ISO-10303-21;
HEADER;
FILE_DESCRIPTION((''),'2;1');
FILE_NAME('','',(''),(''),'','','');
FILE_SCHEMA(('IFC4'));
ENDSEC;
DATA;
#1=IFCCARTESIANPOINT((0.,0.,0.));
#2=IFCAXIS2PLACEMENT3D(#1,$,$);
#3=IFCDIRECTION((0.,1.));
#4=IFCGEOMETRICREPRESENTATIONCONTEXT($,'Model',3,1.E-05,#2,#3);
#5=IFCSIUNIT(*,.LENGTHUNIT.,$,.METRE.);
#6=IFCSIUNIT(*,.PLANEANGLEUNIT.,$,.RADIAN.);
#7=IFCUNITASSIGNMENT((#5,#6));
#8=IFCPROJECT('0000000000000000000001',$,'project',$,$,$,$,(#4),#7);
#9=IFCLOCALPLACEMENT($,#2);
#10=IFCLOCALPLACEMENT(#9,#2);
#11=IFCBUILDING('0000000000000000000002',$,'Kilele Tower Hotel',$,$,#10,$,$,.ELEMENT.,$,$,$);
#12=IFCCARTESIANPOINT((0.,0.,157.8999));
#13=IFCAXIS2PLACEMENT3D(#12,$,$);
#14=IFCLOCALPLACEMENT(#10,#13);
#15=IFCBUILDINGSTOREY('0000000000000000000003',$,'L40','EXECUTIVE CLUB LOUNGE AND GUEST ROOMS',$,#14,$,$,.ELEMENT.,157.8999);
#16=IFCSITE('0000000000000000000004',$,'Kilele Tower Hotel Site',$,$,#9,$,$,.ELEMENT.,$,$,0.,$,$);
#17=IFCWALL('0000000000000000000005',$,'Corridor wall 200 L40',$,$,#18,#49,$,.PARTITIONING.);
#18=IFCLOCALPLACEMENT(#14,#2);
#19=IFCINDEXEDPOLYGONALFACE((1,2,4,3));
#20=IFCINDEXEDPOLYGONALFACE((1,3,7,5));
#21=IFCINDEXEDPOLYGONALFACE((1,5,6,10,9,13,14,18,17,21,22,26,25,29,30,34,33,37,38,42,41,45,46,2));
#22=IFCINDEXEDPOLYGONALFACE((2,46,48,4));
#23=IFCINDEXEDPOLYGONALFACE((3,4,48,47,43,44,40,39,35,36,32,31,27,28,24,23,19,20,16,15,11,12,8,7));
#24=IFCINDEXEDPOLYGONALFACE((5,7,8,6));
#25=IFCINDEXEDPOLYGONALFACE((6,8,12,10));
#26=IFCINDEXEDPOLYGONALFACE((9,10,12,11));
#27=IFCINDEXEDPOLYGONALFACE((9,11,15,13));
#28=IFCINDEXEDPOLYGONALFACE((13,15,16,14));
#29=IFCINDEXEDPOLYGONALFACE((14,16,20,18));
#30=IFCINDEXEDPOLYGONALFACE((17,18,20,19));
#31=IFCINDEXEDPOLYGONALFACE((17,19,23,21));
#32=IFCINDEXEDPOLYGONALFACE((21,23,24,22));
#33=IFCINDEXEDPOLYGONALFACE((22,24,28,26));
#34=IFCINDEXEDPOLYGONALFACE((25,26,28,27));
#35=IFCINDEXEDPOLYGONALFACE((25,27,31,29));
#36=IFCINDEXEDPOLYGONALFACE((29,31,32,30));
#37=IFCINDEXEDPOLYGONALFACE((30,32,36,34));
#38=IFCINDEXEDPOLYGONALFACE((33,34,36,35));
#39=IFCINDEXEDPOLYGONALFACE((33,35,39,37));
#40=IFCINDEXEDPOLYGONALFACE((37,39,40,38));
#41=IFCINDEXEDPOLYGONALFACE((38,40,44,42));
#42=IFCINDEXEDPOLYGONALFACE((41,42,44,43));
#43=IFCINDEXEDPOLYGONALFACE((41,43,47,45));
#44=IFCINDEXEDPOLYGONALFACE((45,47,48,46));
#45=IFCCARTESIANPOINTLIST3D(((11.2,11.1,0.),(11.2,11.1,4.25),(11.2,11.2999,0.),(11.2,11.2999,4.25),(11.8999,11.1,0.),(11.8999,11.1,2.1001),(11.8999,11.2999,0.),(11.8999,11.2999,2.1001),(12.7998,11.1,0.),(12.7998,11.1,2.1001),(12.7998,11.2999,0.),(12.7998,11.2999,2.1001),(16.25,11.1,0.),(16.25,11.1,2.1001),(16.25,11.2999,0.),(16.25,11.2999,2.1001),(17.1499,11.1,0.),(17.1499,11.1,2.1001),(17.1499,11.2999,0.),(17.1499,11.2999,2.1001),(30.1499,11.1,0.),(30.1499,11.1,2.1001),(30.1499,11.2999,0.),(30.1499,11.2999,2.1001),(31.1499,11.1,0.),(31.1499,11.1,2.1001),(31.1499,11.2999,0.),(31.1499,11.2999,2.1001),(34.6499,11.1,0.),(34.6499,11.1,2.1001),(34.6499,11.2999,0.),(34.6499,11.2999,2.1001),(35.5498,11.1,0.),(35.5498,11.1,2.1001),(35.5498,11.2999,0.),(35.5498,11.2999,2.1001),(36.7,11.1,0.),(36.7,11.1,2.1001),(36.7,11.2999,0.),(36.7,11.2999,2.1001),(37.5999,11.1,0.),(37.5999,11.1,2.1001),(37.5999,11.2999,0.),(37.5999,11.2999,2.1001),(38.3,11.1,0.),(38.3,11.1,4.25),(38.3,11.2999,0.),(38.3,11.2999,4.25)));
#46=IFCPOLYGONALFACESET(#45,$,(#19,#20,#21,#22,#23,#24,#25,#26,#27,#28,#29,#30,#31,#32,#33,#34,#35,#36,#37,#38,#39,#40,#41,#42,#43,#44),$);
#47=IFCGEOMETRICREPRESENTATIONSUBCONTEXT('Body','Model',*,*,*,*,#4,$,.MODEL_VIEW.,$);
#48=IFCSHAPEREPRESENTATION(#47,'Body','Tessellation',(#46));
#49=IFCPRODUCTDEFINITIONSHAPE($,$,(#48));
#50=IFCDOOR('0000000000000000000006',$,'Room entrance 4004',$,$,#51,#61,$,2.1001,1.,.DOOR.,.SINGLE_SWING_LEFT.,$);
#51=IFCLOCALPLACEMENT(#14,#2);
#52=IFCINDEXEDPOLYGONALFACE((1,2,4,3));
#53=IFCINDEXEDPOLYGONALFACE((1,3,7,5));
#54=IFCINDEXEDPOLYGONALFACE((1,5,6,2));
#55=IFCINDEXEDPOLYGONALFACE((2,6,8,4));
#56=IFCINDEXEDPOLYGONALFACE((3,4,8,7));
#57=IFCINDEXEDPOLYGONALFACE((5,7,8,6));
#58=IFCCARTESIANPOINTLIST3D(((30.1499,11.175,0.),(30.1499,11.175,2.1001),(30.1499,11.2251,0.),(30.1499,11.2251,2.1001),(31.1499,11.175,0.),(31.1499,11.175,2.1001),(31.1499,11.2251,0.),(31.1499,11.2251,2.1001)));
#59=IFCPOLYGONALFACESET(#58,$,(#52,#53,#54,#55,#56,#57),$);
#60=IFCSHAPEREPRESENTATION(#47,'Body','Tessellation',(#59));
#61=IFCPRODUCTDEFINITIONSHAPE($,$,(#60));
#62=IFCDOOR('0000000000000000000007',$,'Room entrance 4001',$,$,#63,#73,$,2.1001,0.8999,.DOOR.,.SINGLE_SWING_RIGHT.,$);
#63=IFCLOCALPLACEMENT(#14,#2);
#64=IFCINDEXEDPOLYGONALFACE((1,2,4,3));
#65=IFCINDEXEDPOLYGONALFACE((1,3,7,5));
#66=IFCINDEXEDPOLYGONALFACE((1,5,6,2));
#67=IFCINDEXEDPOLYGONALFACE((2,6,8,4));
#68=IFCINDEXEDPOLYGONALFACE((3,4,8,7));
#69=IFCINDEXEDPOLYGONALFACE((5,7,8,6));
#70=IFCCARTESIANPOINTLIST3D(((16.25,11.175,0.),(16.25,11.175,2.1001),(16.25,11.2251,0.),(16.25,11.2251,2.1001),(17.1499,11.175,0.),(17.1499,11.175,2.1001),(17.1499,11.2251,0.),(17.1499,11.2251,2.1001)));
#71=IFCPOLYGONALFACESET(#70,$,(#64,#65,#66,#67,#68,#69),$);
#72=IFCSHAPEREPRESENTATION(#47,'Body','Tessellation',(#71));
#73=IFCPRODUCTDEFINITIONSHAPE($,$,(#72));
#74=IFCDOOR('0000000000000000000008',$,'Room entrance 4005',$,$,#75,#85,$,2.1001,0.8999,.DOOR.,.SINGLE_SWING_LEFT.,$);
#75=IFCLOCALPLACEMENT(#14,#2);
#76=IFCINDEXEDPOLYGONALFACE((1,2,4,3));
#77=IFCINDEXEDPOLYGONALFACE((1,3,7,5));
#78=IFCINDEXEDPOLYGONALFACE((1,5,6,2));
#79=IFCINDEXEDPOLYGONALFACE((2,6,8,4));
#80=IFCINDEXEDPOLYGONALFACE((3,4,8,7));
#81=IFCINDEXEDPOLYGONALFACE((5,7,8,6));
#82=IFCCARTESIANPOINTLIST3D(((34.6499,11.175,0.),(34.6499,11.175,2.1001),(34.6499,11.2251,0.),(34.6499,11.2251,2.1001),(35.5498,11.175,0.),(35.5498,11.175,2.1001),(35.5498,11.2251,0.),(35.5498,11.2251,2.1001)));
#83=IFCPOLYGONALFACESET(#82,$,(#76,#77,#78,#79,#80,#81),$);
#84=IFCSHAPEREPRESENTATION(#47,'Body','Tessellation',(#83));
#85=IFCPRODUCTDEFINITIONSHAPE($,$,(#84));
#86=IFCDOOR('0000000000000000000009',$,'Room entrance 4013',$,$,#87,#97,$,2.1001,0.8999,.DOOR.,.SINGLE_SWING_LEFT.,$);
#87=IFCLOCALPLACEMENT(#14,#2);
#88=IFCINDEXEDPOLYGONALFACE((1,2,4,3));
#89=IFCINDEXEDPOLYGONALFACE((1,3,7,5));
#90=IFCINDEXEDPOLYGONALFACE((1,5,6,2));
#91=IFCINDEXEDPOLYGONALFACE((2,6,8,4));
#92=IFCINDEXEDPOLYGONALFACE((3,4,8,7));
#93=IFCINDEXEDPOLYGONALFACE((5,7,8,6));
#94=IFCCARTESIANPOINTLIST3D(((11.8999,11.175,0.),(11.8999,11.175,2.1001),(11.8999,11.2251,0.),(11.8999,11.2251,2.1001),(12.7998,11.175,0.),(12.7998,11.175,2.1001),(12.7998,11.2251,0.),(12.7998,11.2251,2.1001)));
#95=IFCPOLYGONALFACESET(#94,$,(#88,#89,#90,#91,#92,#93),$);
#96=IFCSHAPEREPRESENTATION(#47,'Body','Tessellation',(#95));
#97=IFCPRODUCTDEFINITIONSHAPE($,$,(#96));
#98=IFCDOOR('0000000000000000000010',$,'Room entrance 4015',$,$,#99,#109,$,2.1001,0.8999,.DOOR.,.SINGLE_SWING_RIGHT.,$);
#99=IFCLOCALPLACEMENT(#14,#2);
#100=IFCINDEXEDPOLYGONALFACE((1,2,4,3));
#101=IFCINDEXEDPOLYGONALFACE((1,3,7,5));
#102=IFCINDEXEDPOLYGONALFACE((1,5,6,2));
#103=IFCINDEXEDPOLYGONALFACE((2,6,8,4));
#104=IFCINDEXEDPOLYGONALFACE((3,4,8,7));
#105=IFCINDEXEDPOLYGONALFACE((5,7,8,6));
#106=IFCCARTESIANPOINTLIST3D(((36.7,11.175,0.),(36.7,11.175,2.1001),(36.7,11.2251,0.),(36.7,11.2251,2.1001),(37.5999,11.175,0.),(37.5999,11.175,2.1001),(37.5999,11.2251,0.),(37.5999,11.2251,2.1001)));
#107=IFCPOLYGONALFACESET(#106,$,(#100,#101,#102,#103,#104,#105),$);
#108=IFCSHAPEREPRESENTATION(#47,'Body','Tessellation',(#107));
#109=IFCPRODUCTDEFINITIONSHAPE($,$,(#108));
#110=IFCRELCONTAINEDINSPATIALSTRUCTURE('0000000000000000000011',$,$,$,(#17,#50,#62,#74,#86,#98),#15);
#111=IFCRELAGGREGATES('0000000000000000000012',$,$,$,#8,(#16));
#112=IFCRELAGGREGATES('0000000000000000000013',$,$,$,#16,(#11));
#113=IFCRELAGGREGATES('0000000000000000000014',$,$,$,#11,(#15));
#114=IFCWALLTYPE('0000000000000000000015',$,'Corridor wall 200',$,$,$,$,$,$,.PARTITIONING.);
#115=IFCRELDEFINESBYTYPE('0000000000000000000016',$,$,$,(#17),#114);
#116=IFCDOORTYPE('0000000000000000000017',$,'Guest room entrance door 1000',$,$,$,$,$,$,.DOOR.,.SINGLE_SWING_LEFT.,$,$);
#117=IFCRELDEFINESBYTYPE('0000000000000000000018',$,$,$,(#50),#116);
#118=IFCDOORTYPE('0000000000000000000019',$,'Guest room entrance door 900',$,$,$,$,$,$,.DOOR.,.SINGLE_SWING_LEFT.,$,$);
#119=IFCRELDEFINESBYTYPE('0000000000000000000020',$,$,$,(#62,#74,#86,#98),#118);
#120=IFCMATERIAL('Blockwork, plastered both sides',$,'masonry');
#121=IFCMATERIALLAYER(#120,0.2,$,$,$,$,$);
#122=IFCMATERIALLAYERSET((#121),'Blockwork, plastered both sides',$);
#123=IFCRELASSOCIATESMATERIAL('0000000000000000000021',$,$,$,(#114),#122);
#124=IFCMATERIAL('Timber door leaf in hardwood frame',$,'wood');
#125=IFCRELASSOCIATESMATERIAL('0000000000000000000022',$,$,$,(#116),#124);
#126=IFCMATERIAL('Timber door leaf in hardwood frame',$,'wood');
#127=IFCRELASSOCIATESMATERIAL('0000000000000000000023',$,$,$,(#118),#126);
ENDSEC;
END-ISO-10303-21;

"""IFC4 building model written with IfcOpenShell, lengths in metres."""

from ifc_helpers import new_model, si_unit, direction, frame, frame_2d, origin, place, context, subcontext, project, spatial, rectangle, extrude, material, layer, layer_set, type_object, element, fill, save


model = new_model("IFC4")

# Units and contexts
model_context = context("Model", 3, precision=1e-05, world=origin(), true_north=direction((0.0, 1.0)))
body_context = subcontext(model_context, "Body", "Model", "MODEL_VIEW")
ifc_project = project(units=[si_unit("LENGTHUNIT", "METRE"), si_unit("PLANEANGLEUNIT", "RADIAN")], contexts=[model_context])

# Site, building, storey
site_placement = place(None, origin())
site = spatial("IfcSite", under=ifc_project, at=site_placement, Name="Kilele Tower Hotel Site", CompositionType="ELEMENT", RefElevation=0.0)
building_placement = place(site_placement, origin())
building = spatial("IfcBuilding", under=site, at=building_placement, Name="Kilele Tower Hotel", CompositionType="ELEMENT")
storey_placement = place(building_placement, frame((0.0, 0.0, 157.8999)))
storey = spatial("IfcBuildingStorey", under=building, at=storey_placement, Name="L40", Description="EXECUTIVE CLUB LOUNGE AND GUEST ROOMS", CompositionType="ELEMENT", Elevation=157.8999)

# Wall, openings, doors
ifc_material_1 = material(Name="Blockwork, plastered both sides", Category="masonry")
ifc_layer_1 = layer(ifc_material_1, 0.2)
ifc_layer_set_1 = layer_set([ifc_layer_1], Name="Blockwork, plastered both sides")
wall_type = type_object("IfcWallType", Name="Corridor wall 200", PredefinedType="PARTITIONING", material=ifc_layer_set_1)
wall_placement = place(storey_placement, frame((11.2, 11.2, 0.0), z_axis=(0.0, 0.0, 1.0), x_axis=(1.0, 0.0, 0.0)))
wall = element("IfcWall", 1, at=wall_placement, inside=storey, type_object=wall_type, Name="Corridor wall 200 L40", PredefinedType="PARTITIONING", context=body_context, shape_type="SweptSolid", body=[
    extrude(rectangle(XDim=27.1001, YDim=0.2, at=frame_2d((13.55, 0.0))), origin(), (0.0, 0.0, 1.0), 4.25),
])
opening_1_placement = place(wall_placement, frame((5.95, 0.0, 0.0), z_axis=(0.0, 0.0, 1.0), x_axis=(-1.0, 0.0, 0.0)))
opening_1 = element("IfcOpeningElement", 2, at=opening_1_placement, cuts=wall, PredefinedType="OPENING", context=body_context, shape_type="SweptSolid", body=[
    extrude(rectangle(XDim=0.8999, YDim=2.1001, at=frame_2d((0.45, 1.05))), frame((0.0, 0.1099, 0.0), z_axis=(0.0, -1.0, 0.0), x_axis=(1.0, 0.0, 0.0)), (0.0, 0.0, 1.0), 0.22),
])
opening_2_placement = place(wall_placement, frame((19.95, 0.0, 0.0), z_axis=(0.0, 0.0, 1.0), x_axis=(-1.0, 0.0, 0.0)))
opening_2 = element("IfcOpeningElement", 3, at=opening_2_placement, cuts=wall, PredefinedType="OPENING", context=body_context, shape_type="SweptSolid", body=[
    extrude(rectangle(XDim=1.0, YDim=2.1001, at=frame_2d((0.5, 1.05))), frame((0.0, 0.1099, 0.0), z_axis=(0.0, -1.0, 0.0), x_axis=(1.0, 0.0, 0.0)), (0.0, 0.0, 1.0), 0.22),
])
opening_3_placement = place(wall_placement, frame((24.3499, 0.0, 0.0), z_axis=(0.0, 0.0, 1.0), x_axis=(-1.0, 0.0, 0.0)))
opening_3 = element("IfcOpeningElement", 4, at=opening_3_placement, cuts=wall, PredefinedType="OPENING", context=body_context, shape_type="SweptSolid", body=[
    extrude(rectangle(XDim=0.8999, YDim=2.1001, at=frame_2d((0.45, 1.05))), frame((0.0, 0.1099, 0.0), z_axis=(0.0, -1.0, 0.0), x_axis=(1.0, 0.0, 0.0)), (0.0, 0.0, 1.0), 0.22),
])
opening_4_placement = place(wall_placement, frame((1.5999, 0.0, 0.0), z_axis=(0.0, 0.0, 1.0), x_axis=(-1.0, 0.0, 0.0)))
opening_4 = element("IfcOpeningElement", 5, at=opening_4_placement, cuts=wall, PredefinedType="OPENING", context=body_context, shape_type="SweptSolid", body=[
    extrude(rectangle(XDim=0.8999, YDim=2.1001, at=frame_2d((0.45, 1.05))), frame((0.0, 0.1099, 0.0), z_axis=(0.0, -1.0, 0.0), x_axis=(1.0, 0.0, 0.0)), (0.0, 0.0, 1.0), 0.22),
])
opening_5_placement = place(wall_placement, frame((26.3999, 0.0, 0.0), z_axis=(0.0, 0.0, 1.0), x_axis=(-1.0, 0.0, 0.0)))
opening_5 = element("IfcOpeningElement", 6, at=opening_5_placement, cuts=wall, PredefinedType="OPENING", context=body_context, shape_type="SweptSolid", body=[
    extrude(rectangle(XDim=0.8999, YDim=2.1001, at=frame_2d((0.45, 1.05))), frame((0.0, 0.1099, 0.0), z_axis=(0.0, -1.0, 0.0), x_axis=(1.0, 0.0, 0.0)), (0.0, 0.0, 1.0), 0.22),
])
ifc_material_2 = material(Name="Timber door leaf in hardwood frame", Category="wood")
door_type_1 = type_object("IfcDoorType", Name="Guest room entrance door 1000", OperationType="SINGLE_SWING_LEFT", PredefinedType="DOOR", material=ifc_material_2)
door_1_placement = place(opening_2_placement, origin())
door_1 = element("IfcDoor", 7, at=door_1_placement, inside=storey, type_object=door_type_1, Name="Room entrance 4004", OperationType="SINGLE_SWING_LEFT", OverallHeight=2.1001, OverallWidth=1.0, PredefinedType="DOOR", context=body_context, shape_type="SweptSolid", body=[
    extrude(rectangle(XDim=1.0, YDim=2.1001, at=frame_2d((0.5, 1.05))), frame((0.0, 0.0249, 0.0), z_axis=(0.0, -1.0, 0.0), x_axis=(1.0, 0.0, 0.0)), (0.0, 0.0, 1.0), 0.05),
])
fill(opening_2, door_1)
ifc_material_3 = material(Name="Timber door leaf in hardwood frame", Category="wood")
door_type_2 = type_object("IfcDoorType", Name="Guest room entrance door 900", OperationType="SINGLE_SWING_LEFT", PredefinedType="DOOR", material=ifc_material_3)
door_2_placement = place(opening_1_placement, origin())
door_2 = element("IfcDoor", 8, at=door_2_placement, inside=storey, type_object=door_type_2, Name="Room entrance 4001", OperationType="SINGLE_SWING_RIGHT", OverallHeight=2.1001, OverallWidth=0.8999, PredefinedType="DOOR", context=body_context, shape_type="SweptSolid", body=[
    extrude(rectangle(XDim=0.8999, YDim=2.1001, at=frame_2d((0.45, 1.05))), frame((0.0, 0.0249, 0.0), z_axis=(0.0, -1.0, 0.0), x_axis=(1.0, 0.0, 0.0)), (0.0, 0.0, 1.0), 0.05),
])
fill(opening_1, door_2)
door_3_placement = place(opening_3_placement, origin())
door_3 = element("IfcDoor", 9, at=door_3_placement, inside=storey, type_object=door_type_2, Name="Room entrance 4005", OperationType="SINGLE_SWING_LEFT", OverallHeight=2.1001, OverallWidth=0.8999, PredefinedType="DOOR", context=body_context, shape_type="SweptSolid", body=[
    extrude(rectangle(XDim=0.8999, YDim=2.1001, at=frame_2d((0.45, 1.05))), frame((0.0, 0.0249, 0.0), z_axis=(0.0, -1.0, 0.0), x_axis=(1.0, 0.0, 0.0)), (0.0, 0.0, 1.0), 0.05),
])
fill(opening_3, door_3)
door_4_placement = place(opening_4_placement, origin())
door_4 = element("IfcDoor", 10, at=door_4_placement, inside=storey, type_object=door_type_2, Name="Room entrance 4013", OperationType="SINGLE_SWING_LEFT", OverallHeight=2.1001, OverallWidth=0.8999, PredefinedType="DOOR", context=body_context, shape_type="SweptSolid", body=[
    extrude(rectangle(XDim=0.8999, YDim=2.1001, at=frame_2d((0.45, 1.05))), frame((0.0, 0.0249, 0.0), z_axis=(0.0, -1.0, 0.0), x_axis=(1.0, 0.0, 0.0)), (0.0, 0.0, 1.0), 0.05),
])
fill(opening_4, door_4)
door_5_placement = place(opening_5_placement, origin())
door_5 = element("IfcDoor", 11, at=door_5_placement, inside=storey, type_object=door_type_2, Name="Room entrance 4015", OperationType="SINGLE_SWING_RIGHT", OverallHeight=2.1001, OverallWidth=0.8999, PredefinedType="DOOR", context=body_context, shape_type="SweptSolid", body=[
    extrude(rectangle(XDim=0.8999, YDim=2.1001, at=frame_2d((0.45, 1.05))), frame((0.0, 0.0249, 0.0), z_axis=(0.0, -1.0, 0.0), x_axis=(1.0, 0.0, 0.0)), (0.0, 0.0, 1.0), 0.05),
])
fill(opening_5, door_5)

save(model, "model.ifc")
